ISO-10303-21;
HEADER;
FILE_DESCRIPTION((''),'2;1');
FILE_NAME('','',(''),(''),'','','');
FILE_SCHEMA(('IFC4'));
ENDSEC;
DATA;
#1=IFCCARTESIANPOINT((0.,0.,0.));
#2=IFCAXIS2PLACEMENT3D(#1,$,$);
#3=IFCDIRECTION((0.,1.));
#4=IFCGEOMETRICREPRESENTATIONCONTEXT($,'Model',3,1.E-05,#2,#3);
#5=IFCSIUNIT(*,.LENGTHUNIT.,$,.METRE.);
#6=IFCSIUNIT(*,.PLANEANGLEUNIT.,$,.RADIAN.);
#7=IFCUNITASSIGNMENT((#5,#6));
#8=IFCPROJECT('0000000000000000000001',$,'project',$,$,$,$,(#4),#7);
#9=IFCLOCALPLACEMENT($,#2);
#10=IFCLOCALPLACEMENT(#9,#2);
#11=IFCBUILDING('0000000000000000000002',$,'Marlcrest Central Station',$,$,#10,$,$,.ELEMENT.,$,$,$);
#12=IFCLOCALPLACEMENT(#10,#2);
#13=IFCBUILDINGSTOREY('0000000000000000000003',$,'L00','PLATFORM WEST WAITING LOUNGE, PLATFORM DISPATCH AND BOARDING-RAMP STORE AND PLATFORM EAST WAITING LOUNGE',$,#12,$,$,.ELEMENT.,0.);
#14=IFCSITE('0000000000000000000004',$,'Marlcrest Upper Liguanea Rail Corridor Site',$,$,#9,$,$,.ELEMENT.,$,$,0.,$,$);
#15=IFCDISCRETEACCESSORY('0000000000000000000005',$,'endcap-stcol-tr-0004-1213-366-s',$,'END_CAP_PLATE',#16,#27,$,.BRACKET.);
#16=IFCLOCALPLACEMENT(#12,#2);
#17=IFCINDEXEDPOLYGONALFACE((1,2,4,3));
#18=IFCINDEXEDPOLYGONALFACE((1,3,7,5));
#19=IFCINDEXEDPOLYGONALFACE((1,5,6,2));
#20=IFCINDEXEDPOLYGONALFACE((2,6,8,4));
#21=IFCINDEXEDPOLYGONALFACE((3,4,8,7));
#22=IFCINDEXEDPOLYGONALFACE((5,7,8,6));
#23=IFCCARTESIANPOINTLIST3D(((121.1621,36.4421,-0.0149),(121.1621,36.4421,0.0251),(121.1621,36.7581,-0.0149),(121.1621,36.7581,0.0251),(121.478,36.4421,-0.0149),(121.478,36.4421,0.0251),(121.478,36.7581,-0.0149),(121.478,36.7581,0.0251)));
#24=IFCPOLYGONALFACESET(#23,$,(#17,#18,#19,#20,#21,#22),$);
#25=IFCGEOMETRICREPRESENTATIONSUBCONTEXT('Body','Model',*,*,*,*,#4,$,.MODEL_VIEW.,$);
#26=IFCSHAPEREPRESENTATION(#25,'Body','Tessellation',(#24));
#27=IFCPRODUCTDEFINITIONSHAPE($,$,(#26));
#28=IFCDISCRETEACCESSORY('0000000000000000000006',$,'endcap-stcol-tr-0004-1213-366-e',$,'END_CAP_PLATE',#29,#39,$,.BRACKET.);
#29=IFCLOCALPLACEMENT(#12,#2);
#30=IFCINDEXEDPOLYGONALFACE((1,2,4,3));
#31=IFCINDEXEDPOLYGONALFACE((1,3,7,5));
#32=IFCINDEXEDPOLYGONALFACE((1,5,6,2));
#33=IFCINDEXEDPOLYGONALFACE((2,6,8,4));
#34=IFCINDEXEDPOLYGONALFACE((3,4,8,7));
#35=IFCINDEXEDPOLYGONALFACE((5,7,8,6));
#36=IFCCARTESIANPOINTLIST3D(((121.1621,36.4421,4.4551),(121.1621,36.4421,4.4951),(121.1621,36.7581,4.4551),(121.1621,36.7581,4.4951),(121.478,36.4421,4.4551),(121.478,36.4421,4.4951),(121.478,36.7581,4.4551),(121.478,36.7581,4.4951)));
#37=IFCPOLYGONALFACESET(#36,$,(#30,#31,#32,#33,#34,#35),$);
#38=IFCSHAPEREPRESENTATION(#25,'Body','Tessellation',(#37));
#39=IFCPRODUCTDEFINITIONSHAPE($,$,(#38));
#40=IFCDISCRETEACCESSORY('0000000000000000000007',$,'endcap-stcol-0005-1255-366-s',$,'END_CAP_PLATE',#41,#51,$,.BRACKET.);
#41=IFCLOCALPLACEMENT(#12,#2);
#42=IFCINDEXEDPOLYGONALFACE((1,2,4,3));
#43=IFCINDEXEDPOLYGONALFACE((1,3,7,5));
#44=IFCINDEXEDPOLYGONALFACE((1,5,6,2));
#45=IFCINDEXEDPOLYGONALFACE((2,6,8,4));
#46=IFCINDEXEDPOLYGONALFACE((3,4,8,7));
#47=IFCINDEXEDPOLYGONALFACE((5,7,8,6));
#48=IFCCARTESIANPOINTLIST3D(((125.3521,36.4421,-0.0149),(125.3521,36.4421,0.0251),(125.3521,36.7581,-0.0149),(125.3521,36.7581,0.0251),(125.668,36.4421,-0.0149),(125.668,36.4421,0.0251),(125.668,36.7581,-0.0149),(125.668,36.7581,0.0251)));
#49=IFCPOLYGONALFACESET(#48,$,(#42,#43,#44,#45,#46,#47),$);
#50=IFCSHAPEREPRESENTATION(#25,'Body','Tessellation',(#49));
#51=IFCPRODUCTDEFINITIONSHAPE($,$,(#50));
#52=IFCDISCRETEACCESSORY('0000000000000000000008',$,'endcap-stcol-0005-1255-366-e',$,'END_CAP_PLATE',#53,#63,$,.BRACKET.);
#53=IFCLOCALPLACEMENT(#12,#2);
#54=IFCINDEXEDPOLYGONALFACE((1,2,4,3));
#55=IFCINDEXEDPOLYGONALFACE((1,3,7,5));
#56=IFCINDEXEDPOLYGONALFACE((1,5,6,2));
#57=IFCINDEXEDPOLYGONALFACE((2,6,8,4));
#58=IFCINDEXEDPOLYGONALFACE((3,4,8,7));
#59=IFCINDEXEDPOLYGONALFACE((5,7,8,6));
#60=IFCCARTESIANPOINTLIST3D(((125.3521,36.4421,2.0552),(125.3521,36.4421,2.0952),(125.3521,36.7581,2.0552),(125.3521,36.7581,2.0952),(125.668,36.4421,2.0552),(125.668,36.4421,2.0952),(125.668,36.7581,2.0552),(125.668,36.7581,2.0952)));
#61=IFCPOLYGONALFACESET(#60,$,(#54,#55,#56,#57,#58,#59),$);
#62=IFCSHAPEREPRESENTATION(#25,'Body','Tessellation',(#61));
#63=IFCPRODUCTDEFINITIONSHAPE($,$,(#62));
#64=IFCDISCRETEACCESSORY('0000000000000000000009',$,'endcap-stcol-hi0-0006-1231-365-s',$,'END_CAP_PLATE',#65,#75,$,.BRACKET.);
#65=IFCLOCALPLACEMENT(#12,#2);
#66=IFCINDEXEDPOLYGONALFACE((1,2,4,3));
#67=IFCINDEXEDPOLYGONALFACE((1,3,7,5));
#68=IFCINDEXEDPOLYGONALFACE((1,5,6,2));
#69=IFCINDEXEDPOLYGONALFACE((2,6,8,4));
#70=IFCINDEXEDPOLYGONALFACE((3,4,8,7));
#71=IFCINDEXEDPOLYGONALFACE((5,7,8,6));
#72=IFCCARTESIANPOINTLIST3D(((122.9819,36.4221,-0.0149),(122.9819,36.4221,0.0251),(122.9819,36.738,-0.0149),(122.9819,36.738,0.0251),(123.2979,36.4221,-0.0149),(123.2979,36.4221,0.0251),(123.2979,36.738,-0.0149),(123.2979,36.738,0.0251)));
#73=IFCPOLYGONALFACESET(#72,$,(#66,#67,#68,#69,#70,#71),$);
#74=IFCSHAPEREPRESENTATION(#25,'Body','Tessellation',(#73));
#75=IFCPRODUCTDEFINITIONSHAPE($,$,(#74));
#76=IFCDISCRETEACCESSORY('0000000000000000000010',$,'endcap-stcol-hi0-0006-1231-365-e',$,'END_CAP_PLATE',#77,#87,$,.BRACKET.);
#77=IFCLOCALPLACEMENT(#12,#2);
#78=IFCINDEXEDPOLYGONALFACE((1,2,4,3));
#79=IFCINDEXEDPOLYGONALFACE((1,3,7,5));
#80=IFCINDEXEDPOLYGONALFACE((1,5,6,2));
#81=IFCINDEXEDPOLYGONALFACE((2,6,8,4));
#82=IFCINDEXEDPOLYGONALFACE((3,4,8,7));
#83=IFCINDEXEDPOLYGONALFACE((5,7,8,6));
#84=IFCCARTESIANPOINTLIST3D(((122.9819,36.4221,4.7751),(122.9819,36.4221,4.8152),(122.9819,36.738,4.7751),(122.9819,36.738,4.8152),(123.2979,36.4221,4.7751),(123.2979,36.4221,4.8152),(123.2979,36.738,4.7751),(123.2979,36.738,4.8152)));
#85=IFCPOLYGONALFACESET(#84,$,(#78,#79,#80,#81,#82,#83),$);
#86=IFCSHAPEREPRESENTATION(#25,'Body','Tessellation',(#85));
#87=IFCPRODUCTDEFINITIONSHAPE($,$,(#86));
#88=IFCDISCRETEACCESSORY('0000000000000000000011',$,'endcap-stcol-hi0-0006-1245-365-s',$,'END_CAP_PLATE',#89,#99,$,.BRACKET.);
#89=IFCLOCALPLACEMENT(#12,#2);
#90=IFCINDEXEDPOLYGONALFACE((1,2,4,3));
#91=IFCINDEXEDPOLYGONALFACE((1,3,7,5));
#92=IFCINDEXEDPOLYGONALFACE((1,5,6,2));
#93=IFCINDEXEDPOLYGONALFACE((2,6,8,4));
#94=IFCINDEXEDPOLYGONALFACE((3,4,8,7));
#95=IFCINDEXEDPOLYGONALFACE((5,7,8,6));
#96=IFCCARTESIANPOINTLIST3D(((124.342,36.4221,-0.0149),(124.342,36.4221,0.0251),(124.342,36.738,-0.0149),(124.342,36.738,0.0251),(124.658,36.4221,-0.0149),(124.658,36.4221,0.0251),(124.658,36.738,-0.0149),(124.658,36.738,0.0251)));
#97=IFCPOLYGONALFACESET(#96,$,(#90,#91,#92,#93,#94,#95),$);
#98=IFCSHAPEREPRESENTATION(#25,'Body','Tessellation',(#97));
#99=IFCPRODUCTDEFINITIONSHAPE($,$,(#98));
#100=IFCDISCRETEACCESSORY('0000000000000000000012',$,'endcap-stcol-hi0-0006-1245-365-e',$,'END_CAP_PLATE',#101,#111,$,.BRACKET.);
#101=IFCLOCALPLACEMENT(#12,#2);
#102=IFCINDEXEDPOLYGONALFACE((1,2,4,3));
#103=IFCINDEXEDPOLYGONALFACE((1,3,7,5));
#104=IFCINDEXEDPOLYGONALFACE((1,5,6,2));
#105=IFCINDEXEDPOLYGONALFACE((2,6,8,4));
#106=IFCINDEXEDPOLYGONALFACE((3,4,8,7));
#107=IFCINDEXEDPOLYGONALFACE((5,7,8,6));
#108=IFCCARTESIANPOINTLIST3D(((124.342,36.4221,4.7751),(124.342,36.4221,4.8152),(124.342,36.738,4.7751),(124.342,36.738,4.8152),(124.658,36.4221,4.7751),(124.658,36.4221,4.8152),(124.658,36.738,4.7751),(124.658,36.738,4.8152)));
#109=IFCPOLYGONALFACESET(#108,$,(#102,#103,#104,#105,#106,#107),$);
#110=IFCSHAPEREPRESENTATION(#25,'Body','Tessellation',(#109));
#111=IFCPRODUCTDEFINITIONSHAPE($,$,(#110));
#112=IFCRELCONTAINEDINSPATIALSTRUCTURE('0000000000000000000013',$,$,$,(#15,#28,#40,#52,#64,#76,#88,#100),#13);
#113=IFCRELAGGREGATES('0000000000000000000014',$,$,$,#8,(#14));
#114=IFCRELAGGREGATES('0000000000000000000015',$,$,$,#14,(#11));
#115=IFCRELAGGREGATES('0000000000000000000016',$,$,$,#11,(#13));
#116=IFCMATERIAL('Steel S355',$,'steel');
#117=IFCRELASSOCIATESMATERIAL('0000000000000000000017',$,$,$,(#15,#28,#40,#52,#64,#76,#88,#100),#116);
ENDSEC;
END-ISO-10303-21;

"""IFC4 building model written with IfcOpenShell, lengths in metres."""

from ifc_helpers import new_model, si_unit, direction, frame, origin, origin_2d, place, context, subcontext, project, spatial, rectangle, extrude, material, element, save


model = new_model("IFC4")

# Units and contexts
model_context = context("Model", 3, precision=1e-05, world=origin(), true_north=direction((0.0, 1.0)))
body_context = subcontext(model_context, "Body", "Model", "MODEL_VIEW")
ifc_project = project(units=[si_unit("LENGTHUNIT", "METRE"), si_unit("PLANEANGLEUNIT", "RADIAN")], contexts=[model_context])

# Site, building, storey
site_placement = place(None, origin())
site = spatial("IfcSite", under=ifc_project, at=site_placement, Name="Marlcrest Upper Liguanea Rail Corridor Site", CompositionType="ELEMENT", RefElevation=0.0)
building_placement = place(site_placement, origin())
building = spatial("IfcBuilding", under=site, at=building_placement, Name="Marlcrest Central Station", CompositionType="ELEMENT")
storey_placement = place(building_placement, origin())
storey = spatial("IfcBuildingStorey", under=building, at=storey_placement, Name="L00", Description="PLATFORM WEST WAITING LOUNGE, PLATFORM DISPATCH AND BOARDING-RAMP STORE AND PLATFORM EAST WAITING LOUNGE", CompositionType="ELEMENT", Elevation=0.0)

# Shared definitions
ifc_material_1 = material(Name="Steel S355", Category="steel")

# Discrete accessories
for number, where, z_axis, x_axis, name in (
    (1, (121.3201, 36.6001, -0.0149), (0.0, 0.0, 1.0), (1.0, 0.0, 0.0), "endcap-stcol-tr-0004-1213-366-s"),
    (2, (121.3201, 36.6001, 4.4551), (0.0, 0.0, 1.0), (1.0, 0.0, 0.0), "endcap-stcol-tr-0004-1213-366-e"),
    (3, (125.51, 36.6001, -0.0149), (0.0, 0.0, 1.0), (1.0, 0.0, 0.0), "endcap-stcol-0005-1255-366-s"),
    (4, (125.51, 36.6001, 2.0552), (0.0, 0.0, 1.0), (1.0, 0.0, 0.0), "endcap-stcol-0005-1255-366-e"),
    (5, (123.1399, 36.5801, -0.0149), (0.0, 0.0, 1.0), (1.0, 0.0, 0.0), "endcap-stcol-hi0-0006-1231-365-s"),
    (6, (123.1399, 36.5801, 4.7751), (0.0, 0.0, 1.0), (1.0, 0.0, 0.0), "endcap-stcol-hi0-0006-1231-365-e"),
    (7, (124.5, 36.5801, -0.0149), (0.0, 0.0, 1.0), (1.0, 0.0, 0.0), "endcap-stcol-hi0-0006-1245-365-s"),
    (8, (124.5, 36.5801, 4.7751), (0.0, 0.0, 1.0), (1.0, 0.0, 0.0), "endcap-stcol-hi0-0006-1245-365-e"),
):
    element("IfcDiscreteAccessory", number, at=place(storey_placement, frame(where, z_axis=z_axis, x_axis=x_axis)), inside=storey, material=ifc_material_1, Name=name, ObjectType="END_CAP_PLATE", PredefinedType="BRACKET", context=body_context, shape_type="SweptSolid", body=[
        extrude(rectangle(XDim=0.3159, YDim=0.3159, at=origin_2d()), origin(), (0.0, 0.0, 1.0), 0.04),
    ])

save(model, "model.ifc")
